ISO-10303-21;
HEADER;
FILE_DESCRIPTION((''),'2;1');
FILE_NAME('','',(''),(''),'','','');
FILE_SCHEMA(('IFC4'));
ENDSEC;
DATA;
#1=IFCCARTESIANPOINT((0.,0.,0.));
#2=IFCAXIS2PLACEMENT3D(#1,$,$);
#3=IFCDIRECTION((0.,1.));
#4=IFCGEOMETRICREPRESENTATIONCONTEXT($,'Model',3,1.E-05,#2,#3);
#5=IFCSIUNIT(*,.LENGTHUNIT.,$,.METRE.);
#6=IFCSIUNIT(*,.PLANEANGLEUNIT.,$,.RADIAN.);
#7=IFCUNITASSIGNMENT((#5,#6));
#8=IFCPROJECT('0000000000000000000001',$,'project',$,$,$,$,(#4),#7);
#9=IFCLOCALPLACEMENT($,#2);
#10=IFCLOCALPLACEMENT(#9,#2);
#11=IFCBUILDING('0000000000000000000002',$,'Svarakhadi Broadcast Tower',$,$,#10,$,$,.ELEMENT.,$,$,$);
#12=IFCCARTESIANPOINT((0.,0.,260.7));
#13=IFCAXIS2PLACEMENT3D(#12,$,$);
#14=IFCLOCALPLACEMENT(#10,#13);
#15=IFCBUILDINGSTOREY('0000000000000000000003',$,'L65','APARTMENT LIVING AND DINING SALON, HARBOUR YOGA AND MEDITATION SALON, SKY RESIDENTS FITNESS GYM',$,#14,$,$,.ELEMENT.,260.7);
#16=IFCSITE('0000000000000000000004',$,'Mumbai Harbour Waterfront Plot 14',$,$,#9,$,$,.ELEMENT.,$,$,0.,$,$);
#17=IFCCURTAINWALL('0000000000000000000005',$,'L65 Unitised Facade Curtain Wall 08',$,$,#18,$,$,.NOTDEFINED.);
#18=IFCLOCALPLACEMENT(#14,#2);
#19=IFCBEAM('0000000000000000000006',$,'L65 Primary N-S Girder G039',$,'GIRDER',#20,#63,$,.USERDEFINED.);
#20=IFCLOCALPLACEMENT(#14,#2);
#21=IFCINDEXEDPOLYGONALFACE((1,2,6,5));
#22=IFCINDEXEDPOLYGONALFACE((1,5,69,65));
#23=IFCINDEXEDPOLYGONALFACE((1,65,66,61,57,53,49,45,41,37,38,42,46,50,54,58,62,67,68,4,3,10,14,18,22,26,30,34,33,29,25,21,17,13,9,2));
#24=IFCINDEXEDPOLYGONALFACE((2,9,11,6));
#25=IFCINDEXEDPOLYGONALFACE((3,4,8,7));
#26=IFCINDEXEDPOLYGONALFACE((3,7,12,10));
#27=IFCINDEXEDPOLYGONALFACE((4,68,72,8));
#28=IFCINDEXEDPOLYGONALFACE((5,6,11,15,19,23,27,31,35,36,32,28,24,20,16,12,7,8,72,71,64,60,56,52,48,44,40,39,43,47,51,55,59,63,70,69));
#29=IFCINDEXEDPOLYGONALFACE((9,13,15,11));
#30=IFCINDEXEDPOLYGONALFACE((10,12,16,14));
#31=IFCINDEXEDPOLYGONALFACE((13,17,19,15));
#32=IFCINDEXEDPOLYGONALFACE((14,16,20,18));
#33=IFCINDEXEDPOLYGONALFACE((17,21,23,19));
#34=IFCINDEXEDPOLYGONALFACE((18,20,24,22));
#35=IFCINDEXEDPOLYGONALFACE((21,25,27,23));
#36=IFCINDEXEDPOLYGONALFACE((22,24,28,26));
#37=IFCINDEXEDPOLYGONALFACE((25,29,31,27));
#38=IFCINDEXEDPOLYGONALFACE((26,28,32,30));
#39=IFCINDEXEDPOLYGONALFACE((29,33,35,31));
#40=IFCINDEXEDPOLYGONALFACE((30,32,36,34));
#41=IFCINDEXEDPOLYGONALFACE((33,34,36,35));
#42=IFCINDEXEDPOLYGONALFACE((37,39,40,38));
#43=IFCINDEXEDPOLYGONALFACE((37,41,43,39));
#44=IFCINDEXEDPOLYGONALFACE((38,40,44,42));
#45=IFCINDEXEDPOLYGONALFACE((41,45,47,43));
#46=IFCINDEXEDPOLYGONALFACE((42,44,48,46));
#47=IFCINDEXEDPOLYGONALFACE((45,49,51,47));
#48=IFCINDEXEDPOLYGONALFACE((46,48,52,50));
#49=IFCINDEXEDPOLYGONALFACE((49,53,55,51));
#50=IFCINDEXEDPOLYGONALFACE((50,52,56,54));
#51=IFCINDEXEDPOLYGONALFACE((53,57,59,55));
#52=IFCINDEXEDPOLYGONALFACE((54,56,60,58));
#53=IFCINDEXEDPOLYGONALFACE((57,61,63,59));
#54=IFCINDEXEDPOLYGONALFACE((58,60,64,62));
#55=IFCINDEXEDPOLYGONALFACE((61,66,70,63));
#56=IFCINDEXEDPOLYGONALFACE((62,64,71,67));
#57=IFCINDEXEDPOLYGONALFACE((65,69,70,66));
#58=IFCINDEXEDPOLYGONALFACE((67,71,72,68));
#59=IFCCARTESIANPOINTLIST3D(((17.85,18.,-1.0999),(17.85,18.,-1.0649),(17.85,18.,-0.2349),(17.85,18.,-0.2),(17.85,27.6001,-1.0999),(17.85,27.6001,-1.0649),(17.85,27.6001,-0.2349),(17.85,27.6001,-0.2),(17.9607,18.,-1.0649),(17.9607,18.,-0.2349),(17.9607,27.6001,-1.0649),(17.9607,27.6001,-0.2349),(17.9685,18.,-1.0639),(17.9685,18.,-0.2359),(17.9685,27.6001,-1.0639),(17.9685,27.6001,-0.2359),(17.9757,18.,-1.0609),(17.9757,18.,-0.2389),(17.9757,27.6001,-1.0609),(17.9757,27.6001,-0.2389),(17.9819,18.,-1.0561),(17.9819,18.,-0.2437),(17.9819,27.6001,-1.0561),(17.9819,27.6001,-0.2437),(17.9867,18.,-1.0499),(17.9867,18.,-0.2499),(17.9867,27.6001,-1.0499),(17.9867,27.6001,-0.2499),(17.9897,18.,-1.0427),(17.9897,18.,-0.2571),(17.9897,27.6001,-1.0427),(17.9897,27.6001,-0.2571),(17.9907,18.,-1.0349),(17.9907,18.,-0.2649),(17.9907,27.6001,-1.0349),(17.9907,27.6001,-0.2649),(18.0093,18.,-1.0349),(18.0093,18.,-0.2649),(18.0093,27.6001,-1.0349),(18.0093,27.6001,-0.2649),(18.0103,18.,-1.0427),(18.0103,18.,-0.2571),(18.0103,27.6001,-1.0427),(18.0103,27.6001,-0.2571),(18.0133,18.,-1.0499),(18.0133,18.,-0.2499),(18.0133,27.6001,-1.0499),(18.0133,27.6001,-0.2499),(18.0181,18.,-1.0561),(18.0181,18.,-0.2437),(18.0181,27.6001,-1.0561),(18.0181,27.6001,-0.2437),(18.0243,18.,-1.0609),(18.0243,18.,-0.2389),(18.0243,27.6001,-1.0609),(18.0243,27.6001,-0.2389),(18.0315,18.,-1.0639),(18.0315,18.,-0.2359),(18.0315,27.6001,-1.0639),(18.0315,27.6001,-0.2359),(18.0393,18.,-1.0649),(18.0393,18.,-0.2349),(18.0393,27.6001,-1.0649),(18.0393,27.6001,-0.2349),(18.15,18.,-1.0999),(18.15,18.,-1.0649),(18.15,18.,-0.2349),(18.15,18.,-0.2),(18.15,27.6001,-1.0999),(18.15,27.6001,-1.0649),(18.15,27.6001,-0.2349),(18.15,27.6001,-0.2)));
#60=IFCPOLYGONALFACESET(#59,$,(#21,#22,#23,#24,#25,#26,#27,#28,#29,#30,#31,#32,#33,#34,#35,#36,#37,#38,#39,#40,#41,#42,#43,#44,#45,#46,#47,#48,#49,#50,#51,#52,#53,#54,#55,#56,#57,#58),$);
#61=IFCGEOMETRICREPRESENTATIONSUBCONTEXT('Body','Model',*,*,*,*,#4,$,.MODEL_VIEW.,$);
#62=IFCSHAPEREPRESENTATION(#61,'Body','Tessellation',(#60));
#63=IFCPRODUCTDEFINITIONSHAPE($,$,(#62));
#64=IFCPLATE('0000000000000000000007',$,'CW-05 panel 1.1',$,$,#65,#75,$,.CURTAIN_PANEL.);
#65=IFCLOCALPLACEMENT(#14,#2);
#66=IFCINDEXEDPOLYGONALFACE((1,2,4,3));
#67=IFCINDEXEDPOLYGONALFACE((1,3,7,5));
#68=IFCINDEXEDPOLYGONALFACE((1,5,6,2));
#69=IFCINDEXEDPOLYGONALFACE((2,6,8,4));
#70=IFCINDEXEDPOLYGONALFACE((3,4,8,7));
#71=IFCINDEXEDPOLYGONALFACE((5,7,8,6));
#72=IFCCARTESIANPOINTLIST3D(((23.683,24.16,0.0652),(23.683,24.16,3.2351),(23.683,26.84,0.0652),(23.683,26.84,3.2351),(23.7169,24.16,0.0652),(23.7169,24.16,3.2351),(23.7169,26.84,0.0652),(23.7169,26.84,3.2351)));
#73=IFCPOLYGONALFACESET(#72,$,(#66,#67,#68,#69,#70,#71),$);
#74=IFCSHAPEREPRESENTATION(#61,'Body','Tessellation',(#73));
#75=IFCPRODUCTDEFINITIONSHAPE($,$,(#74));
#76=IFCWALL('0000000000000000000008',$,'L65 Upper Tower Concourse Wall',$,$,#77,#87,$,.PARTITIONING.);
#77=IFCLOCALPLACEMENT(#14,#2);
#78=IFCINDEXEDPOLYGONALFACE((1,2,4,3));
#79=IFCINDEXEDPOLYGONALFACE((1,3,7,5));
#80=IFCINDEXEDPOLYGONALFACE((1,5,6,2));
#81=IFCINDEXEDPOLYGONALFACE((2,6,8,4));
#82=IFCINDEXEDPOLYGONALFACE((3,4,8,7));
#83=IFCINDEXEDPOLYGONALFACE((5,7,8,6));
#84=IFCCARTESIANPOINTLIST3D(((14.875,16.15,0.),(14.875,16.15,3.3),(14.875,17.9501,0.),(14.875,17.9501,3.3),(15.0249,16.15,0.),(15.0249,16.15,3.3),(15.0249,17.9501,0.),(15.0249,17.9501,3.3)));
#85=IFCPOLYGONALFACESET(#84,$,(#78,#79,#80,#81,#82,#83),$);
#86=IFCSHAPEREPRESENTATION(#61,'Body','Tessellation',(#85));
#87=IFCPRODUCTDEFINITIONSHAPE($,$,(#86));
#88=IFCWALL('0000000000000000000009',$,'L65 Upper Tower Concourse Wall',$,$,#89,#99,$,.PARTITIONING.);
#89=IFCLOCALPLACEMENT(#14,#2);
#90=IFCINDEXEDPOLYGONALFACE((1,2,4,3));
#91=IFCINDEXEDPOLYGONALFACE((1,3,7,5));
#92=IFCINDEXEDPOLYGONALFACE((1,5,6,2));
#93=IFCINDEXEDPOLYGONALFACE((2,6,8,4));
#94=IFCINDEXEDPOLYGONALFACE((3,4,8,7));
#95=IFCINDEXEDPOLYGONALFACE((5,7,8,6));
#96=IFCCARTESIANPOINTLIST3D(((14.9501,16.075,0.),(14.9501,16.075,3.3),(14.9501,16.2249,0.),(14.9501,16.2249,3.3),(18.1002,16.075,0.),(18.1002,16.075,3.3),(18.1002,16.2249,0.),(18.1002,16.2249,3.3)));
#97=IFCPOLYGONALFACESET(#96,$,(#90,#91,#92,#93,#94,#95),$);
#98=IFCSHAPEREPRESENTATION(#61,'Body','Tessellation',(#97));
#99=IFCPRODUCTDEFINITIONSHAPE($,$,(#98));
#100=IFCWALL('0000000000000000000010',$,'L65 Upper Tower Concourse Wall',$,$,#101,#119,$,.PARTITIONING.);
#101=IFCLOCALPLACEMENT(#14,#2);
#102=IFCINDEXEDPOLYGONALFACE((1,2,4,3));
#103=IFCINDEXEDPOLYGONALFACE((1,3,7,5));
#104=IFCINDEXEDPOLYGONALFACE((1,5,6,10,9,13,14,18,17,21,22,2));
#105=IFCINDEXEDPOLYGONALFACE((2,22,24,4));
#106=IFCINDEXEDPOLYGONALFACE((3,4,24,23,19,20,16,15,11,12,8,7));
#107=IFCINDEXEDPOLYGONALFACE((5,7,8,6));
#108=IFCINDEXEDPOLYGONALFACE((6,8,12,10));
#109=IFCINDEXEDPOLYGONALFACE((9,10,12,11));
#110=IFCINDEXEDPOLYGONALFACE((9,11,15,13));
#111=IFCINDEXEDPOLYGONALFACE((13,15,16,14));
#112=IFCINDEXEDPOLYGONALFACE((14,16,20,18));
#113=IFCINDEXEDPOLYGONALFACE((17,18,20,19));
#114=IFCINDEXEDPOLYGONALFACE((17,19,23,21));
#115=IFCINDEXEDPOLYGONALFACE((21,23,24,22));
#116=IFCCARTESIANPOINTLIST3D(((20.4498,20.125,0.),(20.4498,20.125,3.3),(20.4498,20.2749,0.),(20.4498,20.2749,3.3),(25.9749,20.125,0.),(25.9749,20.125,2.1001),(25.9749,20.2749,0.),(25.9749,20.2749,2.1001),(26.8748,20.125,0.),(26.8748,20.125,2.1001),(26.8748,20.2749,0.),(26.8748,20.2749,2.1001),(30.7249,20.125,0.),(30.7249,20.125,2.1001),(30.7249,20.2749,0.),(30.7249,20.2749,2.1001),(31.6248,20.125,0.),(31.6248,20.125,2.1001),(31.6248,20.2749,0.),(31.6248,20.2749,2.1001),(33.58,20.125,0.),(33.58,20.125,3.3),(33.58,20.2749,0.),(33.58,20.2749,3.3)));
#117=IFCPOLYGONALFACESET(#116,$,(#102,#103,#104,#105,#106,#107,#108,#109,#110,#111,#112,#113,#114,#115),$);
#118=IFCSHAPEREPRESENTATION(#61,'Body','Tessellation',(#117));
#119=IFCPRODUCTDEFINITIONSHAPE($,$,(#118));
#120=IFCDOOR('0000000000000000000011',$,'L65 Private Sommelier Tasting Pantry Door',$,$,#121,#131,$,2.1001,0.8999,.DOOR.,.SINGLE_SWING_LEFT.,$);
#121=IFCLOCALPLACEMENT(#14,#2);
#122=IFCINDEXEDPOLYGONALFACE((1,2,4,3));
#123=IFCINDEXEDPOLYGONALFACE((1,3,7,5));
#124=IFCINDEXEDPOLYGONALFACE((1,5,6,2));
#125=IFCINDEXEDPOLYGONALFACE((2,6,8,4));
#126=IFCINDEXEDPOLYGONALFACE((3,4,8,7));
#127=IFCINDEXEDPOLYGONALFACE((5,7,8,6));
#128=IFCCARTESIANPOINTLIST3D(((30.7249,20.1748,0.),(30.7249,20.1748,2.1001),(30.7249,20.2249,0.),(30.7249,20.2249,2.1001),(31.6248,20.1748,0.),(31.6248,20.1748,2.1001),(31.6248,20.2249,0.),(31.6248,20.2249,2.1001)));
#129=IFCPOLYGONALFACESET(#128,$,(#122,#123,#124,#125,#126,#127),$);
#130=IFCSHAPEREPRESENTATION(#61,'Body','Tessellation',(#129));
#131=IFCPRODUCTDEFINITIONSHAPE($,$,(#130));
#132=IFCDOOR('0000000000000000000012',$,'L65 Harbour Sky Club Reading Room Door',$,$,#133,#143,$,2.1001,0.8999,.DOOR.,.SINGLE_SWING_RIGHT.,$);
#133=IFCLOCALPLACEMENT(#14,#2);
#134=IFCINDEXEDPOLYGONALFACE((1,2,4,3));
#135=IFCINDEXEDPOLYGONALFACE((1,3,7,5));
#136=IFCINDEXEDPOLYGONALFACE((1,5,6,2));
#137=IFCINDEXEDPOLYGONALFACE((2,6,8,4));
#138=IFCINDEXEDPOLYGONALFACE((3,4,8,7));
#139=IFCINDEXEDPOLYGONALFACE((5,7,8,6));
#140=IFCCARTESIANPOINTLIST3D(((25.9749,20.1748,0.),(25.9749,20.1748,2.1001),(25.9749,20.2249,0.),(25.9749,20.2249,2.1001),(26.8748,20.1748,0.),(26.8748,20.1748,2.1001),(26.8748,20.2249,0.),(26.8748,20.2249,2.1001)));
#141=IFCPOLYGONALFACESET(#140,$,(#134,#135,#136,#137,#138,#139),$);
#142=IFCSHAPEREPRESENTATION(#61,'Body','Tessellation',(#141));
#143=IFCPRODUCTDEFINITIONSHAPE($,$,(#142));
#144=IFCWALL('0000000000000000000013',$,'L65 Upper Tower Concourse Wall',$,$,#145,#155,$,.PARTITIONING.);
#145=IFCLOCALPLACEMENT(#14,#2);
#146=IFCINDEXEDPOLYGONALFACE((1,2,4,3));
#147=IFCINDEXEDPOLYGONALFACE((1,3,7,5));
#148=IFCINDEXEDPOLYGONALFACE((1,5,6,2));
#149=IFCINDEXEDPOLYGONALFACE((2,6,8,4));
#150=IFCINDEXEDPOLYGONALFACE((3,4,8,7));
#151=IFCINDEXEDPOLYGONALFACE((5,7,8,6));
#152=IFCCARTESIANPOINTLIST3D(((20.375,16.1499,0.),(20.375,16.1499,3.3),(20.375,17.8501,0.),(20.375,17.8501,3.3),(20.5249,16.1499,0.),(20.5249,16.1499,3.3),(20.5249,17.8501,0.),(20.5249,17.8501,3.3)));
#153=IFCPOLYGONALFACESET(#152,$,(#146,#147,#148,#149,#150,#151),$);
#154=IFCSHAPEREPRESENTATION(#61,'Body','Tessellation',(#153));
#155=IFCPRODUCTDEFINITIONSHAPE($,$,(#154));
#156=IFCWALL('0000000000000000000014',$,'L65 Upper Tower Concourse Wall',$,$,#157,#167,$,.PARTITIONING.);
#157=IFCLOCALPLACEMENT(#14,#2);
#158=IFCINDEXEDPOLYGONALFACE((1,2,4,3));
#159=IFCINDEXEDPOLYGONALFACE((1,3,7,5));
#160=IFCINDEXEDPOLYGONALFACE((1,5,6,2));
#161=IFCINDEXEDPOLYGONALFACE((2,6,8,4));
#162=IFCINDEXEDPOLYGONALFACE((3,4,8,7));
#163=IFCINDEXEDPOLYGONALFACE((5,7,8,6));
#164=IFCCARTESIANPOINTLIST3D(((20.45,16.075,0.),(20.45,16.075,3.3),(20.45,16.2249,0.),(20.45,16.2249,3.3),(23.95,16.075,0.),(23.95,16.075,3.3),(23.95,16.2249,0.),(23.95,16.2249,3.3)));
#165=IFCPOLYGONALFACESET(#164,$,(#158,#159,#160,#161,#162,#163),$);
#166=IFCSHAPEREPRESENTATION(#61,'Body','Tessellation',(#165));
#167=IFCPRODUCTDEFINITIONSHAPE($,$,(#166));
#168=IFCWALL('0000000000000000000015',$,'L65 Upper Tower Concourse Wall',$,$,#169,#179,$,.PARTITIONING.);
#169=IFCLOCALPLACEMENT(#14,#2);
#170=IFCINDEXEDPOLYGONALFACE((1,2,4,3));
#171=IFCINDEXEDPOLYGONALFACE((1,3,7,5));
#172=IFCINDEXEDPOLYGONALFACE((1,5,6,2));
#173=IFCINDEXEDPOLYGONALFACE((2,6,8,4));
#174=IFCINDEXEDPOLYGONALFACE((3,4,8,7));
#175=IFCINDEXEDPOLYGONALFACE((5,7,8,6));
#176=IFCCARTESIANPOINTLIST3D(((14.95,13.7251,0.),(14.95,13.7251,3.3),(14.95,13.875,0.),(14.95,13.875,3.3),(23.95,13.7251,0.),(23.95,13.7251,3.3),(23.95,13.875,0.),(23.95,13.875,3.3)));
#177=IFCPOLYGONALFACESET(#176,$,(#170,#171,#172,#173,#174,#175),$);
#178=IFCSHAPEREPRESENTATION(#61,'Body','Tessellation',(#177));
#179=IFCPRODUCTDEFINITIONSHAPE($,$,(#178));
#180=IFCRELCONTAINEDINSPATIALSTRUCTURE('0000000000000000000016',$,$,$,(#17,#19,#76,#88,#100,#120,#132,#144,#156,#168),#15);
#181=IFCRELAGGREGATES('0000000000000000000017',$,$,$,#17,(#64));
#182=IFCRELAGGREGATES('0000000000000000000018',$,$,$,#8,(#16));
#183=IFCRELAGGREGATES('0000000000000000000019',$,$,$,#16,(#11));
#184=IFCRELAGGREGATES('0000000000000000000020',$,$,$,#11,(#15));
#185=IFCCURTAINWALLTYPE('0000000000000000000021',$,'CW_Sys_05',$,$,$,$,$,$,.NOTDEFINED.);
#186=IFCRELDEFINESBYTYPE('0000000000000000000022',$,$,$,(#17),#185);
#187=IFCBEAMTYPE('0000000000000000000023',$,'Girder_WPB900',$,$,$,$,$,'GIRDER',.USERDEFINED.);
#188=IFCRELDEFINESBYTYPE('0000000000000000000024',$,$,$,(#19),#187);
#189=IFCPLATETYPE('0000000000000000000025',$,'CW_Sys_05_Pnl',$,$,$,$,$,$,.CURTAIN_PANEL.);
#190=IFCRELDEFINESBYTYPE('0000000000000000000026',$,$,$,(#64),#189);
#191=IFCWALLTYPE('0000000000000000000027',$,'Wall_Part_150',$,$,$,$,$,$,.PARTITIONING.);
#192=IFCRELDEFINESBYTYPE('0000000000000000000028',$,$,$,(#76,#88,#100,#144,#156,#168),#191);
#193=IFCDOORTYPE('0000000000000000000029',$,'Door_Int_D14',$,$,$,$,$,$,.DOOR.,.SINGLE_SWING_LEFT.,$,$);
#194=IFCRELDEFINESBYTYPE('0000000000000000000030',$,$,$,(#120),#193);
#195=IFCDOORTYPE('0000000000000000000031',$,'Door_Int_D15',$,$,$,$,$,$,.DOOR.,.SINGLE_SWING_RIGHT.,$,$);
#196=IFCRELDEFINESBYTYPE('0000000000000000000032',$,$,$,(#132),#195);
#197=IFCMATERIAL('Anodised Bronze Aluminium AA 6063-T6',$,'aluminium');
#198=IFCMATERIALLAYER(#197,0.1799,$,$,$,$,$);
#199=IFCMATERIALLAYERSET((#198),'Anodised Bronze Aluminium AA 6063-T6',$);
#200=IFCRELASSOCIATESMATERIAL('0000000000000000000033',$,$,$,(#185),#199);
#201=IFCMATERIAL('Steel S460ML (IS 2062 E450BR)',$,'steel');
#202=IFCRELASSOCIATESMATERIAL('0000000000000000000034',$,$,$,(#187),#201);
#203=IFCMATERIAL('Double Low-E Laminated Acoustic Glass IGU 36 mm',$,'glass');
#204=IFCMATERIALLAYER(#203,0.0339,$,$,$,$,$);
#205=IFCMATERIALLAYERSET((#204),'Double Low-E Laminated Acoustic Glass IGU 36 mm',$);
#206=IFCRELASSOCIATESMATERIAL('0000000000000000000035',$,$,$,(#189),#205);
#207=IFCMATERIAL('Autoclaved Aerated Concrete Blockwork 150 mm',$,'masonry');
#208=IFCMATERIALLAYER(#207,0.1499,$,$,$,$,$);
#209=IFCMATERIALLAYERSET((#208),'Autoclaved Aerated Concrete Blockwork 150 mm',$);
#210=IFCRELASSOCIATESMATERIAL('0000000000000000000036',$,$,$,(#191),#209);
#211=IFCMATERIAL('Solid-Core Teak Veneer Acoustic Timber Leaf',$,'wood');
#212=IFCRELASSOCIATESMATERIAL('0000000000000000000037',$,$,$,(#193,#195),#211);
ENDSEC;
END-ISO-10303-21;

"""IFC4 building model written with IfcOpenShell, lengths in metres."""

from ifc_helpers import new_model, si_unit, direction, frame, frame_2d, origin, origin_2d, place, context, subcontext, project, spatial, rectangle, i_section, extrude, material, layer, layer_set, material_profile, profile_set, type_object, element, fill, aggregate, save


model = new_model("IFC4")

# Units and contexts
model_context = context("Model", 3, precision=1e-05, world=origin(), true_north=direction((0.0, 1.0)))
body_context = subcontext(model_context, "Body", "Model", "MODEL_VIEW")
ifc_project = project(units=[si_unit("LENGTHUNIT", "METRE"), si_unit("PLANEANGLEUNIT", "RADIAN")], contexts=[model_context])

# Site, building, storey
site_placement = place(None, origin())
site = spatial("IfcSite", under=ifc_project, at=site_placement, Name="Mumbai Harbour Waterfront Plot 14", CompositionType="ELEMENT", RefElevation=0.0)
building_placement = place(site_placement, origin())
building = spatial("IfcBuilding", under=site, at=building_placement, Name="Svarakhadi Broadcast Tower", CompositionType="ELEMENT")
storey_placement = place(building_placement, frame((0.0, 0.0, 260.7)))
storey = spatial("IfcBuildingStorey", under=building, at=storey_placement, Name="L65", Description="APARTMENT LIVING AND DINING SALON, HARBOUR YOGA AND MEDITATION SALON, SKY RESIDENTS FITNESS GYM", CompositionType="ELEMENT", Elevation=260.7)

# Curtain wall
ifc_material_1 = material(Name="Anodised Bronze Aluminium AA 6063-T6", Category="aluminium")
ifc_layer_1 = layer(ifc_material_1, 0.1799)
ifc_layer_set_1 = layer_set([ifc_layer_1], Name="Anodised Bronze Aluminium AA 6063-T6")
curtain_wall_type = type_object("IfcCurtainWallType", Name="CW_Sys_05", PredefinedType="NOTDEFINED", material=ifc_layer_set_1)
curtain_wall_1_placement = place(storey_placement, origin())
curtain_wall_1 = element("IfcCurtainWall", 1, at=curtain_wall_1_placement, inside=storey, type_object=curtain_wall_type, Name="L65 Unitised Facade Curtain Wall 08", PredefinedType="NOTDEFINED")

# Beam
ifc_material_2 = material(Name="Steel S460ML (IS 2062 E450BR)", Category="steel")
ifc_material_profile_1 = material_profile(ifc_material_2, i_section(OverallWidth=0.3, OverallDepth=0.8999, WebThickness=0.0186, FlangeThickness=0.0349, FilletRadius=0.03, at=origin_2d()), Name="WPB 900x300x291")
ifc_profile_set_1 = profile_set([ifc_material_profile_1], Name="Steel S460ML (IS 2062 E450BR)")
beam_type_1 = type_object("IfcBeamType", Name="Girder_WPB900", ElementType="GIRDER", PredefinedType="USERDEFINED", material=ifc_profile_set_1)
beam_1_placement = place(storey_placement, frame((18.0, 18.0, -0.6499), z_axis=(0.0, 1.0, 0.0), x_axis=(-1.0, 0.0, 0.0)))
element("IfcBeam", 2, at=beam_1_placement, inside=storey, type_object=beam_type_1, Name="L65 Primary N-S Girder G039", ObjectType="GIRDER", PredefinedType="USERDEFINED", context=body_context, shape_type="SweptSolid", body=[
    extrude(i_section(OverallWidth=0.3, OverallDepth=0.8999, WebThickness=0.0186, FlangeThickness=0.0349, FilletRadius=0.03, at=origin_2d()), origin(), (0.0, 0.0, 1.0), 9.6001),
])

# Plate
ifc_material_3 = material(Name="Double Low-E Laminated Acoustic Glass IGU 36 mm", Category="glass")
ifc_layer_2 = layer(ifc_material_3, 0.0339)
ifc_layer_set_2 = layer_set([ifc_layer_2], Name="Double Low-E Laminated Acoustic Glass IGU 36 mm")
plate_type = type_object("IfcPlateType", Name="CW_Sys_05_Pnl", PredefinedType="CURTAIN_PANEL", material=ifc_layer_set_2)
plate_placement = place(storey_placement, frame((23.7, 25.5, 0.0652), z_axis=(0.0, 0.0, 1.0), x_axis=(0.0, -1.0, 0.0)))
plate = element("IfcPlate", 3, at=plate_placement, type_object=plate_type, Name="CW-05 panel 1.1", PredefinedType="CURTAIN_PANEL", context=body_context, shape_type="SweptSolid", body=[
    extrude(rectangle(XDim=2.6799, YDim=0.0339, at=origin_2d()), origin(), (0.0, 0.0, 1.0), 3.1699),
])
aggregate(curtain_wall_1, [plate])

# Walls
ifc_material_4 = material(Name="Autoclaved Aerated Concrete Blockwork 150 mm", Category="masonry")
ifc_layer_3 = layer(ifc_material_4, 0.1499)
ifc_layer_set_3 = layer_set([ifc_layer_3], Name="Autoclaved Aerated Concrete Blockwork 150 mm")
wall_type_1 = type_object("IfcWallType", Name="Wall_Part_150", PredefinedType="PARTITIONING", material=ifc_layer_set_3)
wall_1_placement = place(storey_placement, frame((14.95, 17.95, 0.0), z_axis=(0.0, 0.0, 1.0), x_axis=(0.0, -1.0, 0.0)))
element("IfcWall", 4, at=wall_1_placement, inside=storey, type_object=wall_type_1, Name="L65 Upper Tower Concourse Wall", PredefinedType="PARTITIONING", context=body_context, shape_type="SweptSolid", body=[
    extrude(rectangle(XDim=1.8, YDim=0.1499, at=frame_2d((0.8999, 0.0))), origin(), (0.0, 0.0, 1.0), 3.3),
])
wall_2_placement = place(storey_placement, frame((14.95, 16.1499, 0.0), z_axis=(0.0, 0.0, 1.0), x_axis=(1.0, 0.0, 0.0)))
element("IfcWall", 5, at=wall_2_placement, inside=storey, type_object=wall_type_1, Name="L65 Upper Tower Concourse Wall", PredefinedType="PARTITIONING", context=body_context, shape_type="SweptSolid", body=[
    extrude(rectangle(XDim=3.1501, YDim=0.1499, at=frame_2d((1.5752, 0.0))), origin(), (0.0, 0.0, 1.0), 3.3),
])

# Wall, openings, doors
wall_3_placement = place(storey_placement, frame((20.45, 20.2, 0.0), z_axis=(0.0, 0.0, 1.0), x_axis=(1.0, 0.0, 0.0)))
wall_3 = element("IfcWall", 6, at=wall_3_placement, inside=storey, type_object=wall_type_1, Name="L65 Upper Tower Concourse Wall", PredefinedType="PARTITIONING", context=body_context, shape_type="SweptSolid", body=[
    extrude(rectangle(XDim=13.1301, YDim=0.1499, at=frame_2d((6.5649, 0.0))), origin(), (0.0, 0.0, 1.0), 3.3),
])
opening_1_placement = place(wall_3_placement, frame((5.5249, 0.0, 0.0)))
opening_1 = element("IfcOpeningElement", 7, at=opening_1_placement, cuts=wall_3, PredefinedType="OPENING", context=body_context, shape_type="SweptSolid", body=[
    extrude(rectangle(XDim=0.8999, YDim=2.1001, at=frame_2d((0.45, 1.05))), frame((0.0, 0.085, 0.0), z_axis=(0.0, -1.0, 0.0), x_axis=(1.0, 0.0, 0.0)), (0.0, 0.0, 1.0), 0.1699),
])
opening_2_placement = place(wall_3_placement, frame((10.2749, 0.0, 0.0)))
opening_2 = element("IfcOpeningElement", 8, at=opening_2_placement, cuts=wall_3, PredefinedType="OPENING", context=body_context, shape_type="SweptSolid", body=[
    extrude(rectangle(XDim=0.8999, YDim=2.1001, at=frame_2d((0.45, 1.05))), frame((0.0, 0.085, 0.0), z_axis=(0.0, -1.0, 0.0), x_axis=(1.0, 0.0, 0.0)), (0.0, 0.0, 1.0), 0.1699),
])
ifc_material_5 = material(Name="Solid-Core Teak Veneer Acoustic Timber Leaf", Category="wood")
door_type_1 = type_object("IfcDoorType", Name="Door_Int_D14", OperationType="SINGLE_SWING_LEFT", PredefinedType="DOOR", material=ifc_material_5)
door_1_placement = place(opening_2_placement, origin())
door_1 = element("IfcDoor", 9, at=door_1_placement, inside=storey, type_object=door_type_1, Name="L65 Private Sommelier Tasting Pantry Door", OperationType="SINGLE_SWING_LEFT", OverallHeight=2.1001, OverallWidth=0.8999, PredefinedType="DOOR", context=body_context, shape_type="SweptSolid", body=[
    extrude(rectangle(XDim=0.8999, YDim=2.1001, at=frame_2d((0.45, 1.05))), frame((0.0, 0.0249, 0.0), z_axis=(0.0, -1.0, 0.0), x_axis=(1.0, 0.0, 0.0)), (0.0, 0.0, 1.0), 0.05),
])
fill(opening_2, door_1)
door_type_2 = type_object("IfcDoorType", Name="Door_Int_D15", OperationType="SINGLE_SWING_RIGHT", PredefinedType="DOOR", material=ifc_material_5)
door_2_placement = place(opening_1_placement, origin())
door_2 = element("IfcDoor", 10, at=door_2_placement, inside=storey, type_object=door_type_2, Name="L65 Harbour Sky Club Reading Room Door", OperationType="SINGLE_SWING_RIGHT", OverallHeight=2.1001, OverallWidth=0.8999, PredefinedType="DOOR", context=body_context, shape_type="SweptSolid", body=[
    extrude(rectangle(XDim=0.8999, YDim=2.1001, at=frame_2d((0.45, 1.05))), frame((0.0, 0.0249, 0.0), z_axis=(0.0, -1.0, 0.0), x_axis=(1.0, 0.0, 0.0)), (0.0, 0.0, 1.0), 0.05),
])
fill(opening_1, door_2)

# Walls
wall_4_placement = place(storey_placement, frame((20.45, 17.8501, 0.0), z_axis=(0.0, 0.0, 1.0), x_axis=(0.0, -1.0, 0.0)))
element("IfcWall", 11, at=wall_4_placement, inside=storey, type_object=wall_type_1, Name="L65 Upper Tower Concourse Wall", PredefinedType="PARTITIONING", context=body_context, shape_type="SweptSolid", body=[
    extrude(rectangle(XDim=1.7002, YDim=0.1499, at=frame_2d((0.8501, 0.0))), origin(), (0.0, 0.0, 1.0), 3.3),
])
wall_5_placement = place(storey_placement, frame((20.45, 16.1499, 0.0), z_axis=(0.0, 0.0, 1.0), x_axis=(1.0, 0.0, 0.0)))
element("IfcWall", 12, at=wall_5_placement, inside=storey, type_object=wall_type_1, Name="L65 Upper Tower Concourse Wall", PredefinedType="PARTITIONING", context=body_context, shape_type="SweptSolid", body=[
    extrude(rectangle(XDim=3.5, YDim=0.1499, at=frame_2d((1.75, 0.0))), origin(), (0.0, 0.0, 1.0), 3.3),
])
wall_6_placement = place(storey_placement, frame((23.95, 13.8, 0.0), z_axis=(0.0, 0.0, 1.0), x_axis=(-1.0, 0.0, 0.0)))
element("IfcWall", 13, at=wall_6_placement, inside=storey, type_object=wall_type_1, Name="L65 Upper Tower Concourse Wall", PredefinedType="PARTITIONING", context=body_context, shape_type="SweptSolid", body=[
    extrude(rectangle(XDim=9.0, YDim=0.1499, at=frame_2d((4.5, 0.0))), origin(), (0.0, 0.0, 1.0), 3.3),
])

save(model, "model.ifc")
